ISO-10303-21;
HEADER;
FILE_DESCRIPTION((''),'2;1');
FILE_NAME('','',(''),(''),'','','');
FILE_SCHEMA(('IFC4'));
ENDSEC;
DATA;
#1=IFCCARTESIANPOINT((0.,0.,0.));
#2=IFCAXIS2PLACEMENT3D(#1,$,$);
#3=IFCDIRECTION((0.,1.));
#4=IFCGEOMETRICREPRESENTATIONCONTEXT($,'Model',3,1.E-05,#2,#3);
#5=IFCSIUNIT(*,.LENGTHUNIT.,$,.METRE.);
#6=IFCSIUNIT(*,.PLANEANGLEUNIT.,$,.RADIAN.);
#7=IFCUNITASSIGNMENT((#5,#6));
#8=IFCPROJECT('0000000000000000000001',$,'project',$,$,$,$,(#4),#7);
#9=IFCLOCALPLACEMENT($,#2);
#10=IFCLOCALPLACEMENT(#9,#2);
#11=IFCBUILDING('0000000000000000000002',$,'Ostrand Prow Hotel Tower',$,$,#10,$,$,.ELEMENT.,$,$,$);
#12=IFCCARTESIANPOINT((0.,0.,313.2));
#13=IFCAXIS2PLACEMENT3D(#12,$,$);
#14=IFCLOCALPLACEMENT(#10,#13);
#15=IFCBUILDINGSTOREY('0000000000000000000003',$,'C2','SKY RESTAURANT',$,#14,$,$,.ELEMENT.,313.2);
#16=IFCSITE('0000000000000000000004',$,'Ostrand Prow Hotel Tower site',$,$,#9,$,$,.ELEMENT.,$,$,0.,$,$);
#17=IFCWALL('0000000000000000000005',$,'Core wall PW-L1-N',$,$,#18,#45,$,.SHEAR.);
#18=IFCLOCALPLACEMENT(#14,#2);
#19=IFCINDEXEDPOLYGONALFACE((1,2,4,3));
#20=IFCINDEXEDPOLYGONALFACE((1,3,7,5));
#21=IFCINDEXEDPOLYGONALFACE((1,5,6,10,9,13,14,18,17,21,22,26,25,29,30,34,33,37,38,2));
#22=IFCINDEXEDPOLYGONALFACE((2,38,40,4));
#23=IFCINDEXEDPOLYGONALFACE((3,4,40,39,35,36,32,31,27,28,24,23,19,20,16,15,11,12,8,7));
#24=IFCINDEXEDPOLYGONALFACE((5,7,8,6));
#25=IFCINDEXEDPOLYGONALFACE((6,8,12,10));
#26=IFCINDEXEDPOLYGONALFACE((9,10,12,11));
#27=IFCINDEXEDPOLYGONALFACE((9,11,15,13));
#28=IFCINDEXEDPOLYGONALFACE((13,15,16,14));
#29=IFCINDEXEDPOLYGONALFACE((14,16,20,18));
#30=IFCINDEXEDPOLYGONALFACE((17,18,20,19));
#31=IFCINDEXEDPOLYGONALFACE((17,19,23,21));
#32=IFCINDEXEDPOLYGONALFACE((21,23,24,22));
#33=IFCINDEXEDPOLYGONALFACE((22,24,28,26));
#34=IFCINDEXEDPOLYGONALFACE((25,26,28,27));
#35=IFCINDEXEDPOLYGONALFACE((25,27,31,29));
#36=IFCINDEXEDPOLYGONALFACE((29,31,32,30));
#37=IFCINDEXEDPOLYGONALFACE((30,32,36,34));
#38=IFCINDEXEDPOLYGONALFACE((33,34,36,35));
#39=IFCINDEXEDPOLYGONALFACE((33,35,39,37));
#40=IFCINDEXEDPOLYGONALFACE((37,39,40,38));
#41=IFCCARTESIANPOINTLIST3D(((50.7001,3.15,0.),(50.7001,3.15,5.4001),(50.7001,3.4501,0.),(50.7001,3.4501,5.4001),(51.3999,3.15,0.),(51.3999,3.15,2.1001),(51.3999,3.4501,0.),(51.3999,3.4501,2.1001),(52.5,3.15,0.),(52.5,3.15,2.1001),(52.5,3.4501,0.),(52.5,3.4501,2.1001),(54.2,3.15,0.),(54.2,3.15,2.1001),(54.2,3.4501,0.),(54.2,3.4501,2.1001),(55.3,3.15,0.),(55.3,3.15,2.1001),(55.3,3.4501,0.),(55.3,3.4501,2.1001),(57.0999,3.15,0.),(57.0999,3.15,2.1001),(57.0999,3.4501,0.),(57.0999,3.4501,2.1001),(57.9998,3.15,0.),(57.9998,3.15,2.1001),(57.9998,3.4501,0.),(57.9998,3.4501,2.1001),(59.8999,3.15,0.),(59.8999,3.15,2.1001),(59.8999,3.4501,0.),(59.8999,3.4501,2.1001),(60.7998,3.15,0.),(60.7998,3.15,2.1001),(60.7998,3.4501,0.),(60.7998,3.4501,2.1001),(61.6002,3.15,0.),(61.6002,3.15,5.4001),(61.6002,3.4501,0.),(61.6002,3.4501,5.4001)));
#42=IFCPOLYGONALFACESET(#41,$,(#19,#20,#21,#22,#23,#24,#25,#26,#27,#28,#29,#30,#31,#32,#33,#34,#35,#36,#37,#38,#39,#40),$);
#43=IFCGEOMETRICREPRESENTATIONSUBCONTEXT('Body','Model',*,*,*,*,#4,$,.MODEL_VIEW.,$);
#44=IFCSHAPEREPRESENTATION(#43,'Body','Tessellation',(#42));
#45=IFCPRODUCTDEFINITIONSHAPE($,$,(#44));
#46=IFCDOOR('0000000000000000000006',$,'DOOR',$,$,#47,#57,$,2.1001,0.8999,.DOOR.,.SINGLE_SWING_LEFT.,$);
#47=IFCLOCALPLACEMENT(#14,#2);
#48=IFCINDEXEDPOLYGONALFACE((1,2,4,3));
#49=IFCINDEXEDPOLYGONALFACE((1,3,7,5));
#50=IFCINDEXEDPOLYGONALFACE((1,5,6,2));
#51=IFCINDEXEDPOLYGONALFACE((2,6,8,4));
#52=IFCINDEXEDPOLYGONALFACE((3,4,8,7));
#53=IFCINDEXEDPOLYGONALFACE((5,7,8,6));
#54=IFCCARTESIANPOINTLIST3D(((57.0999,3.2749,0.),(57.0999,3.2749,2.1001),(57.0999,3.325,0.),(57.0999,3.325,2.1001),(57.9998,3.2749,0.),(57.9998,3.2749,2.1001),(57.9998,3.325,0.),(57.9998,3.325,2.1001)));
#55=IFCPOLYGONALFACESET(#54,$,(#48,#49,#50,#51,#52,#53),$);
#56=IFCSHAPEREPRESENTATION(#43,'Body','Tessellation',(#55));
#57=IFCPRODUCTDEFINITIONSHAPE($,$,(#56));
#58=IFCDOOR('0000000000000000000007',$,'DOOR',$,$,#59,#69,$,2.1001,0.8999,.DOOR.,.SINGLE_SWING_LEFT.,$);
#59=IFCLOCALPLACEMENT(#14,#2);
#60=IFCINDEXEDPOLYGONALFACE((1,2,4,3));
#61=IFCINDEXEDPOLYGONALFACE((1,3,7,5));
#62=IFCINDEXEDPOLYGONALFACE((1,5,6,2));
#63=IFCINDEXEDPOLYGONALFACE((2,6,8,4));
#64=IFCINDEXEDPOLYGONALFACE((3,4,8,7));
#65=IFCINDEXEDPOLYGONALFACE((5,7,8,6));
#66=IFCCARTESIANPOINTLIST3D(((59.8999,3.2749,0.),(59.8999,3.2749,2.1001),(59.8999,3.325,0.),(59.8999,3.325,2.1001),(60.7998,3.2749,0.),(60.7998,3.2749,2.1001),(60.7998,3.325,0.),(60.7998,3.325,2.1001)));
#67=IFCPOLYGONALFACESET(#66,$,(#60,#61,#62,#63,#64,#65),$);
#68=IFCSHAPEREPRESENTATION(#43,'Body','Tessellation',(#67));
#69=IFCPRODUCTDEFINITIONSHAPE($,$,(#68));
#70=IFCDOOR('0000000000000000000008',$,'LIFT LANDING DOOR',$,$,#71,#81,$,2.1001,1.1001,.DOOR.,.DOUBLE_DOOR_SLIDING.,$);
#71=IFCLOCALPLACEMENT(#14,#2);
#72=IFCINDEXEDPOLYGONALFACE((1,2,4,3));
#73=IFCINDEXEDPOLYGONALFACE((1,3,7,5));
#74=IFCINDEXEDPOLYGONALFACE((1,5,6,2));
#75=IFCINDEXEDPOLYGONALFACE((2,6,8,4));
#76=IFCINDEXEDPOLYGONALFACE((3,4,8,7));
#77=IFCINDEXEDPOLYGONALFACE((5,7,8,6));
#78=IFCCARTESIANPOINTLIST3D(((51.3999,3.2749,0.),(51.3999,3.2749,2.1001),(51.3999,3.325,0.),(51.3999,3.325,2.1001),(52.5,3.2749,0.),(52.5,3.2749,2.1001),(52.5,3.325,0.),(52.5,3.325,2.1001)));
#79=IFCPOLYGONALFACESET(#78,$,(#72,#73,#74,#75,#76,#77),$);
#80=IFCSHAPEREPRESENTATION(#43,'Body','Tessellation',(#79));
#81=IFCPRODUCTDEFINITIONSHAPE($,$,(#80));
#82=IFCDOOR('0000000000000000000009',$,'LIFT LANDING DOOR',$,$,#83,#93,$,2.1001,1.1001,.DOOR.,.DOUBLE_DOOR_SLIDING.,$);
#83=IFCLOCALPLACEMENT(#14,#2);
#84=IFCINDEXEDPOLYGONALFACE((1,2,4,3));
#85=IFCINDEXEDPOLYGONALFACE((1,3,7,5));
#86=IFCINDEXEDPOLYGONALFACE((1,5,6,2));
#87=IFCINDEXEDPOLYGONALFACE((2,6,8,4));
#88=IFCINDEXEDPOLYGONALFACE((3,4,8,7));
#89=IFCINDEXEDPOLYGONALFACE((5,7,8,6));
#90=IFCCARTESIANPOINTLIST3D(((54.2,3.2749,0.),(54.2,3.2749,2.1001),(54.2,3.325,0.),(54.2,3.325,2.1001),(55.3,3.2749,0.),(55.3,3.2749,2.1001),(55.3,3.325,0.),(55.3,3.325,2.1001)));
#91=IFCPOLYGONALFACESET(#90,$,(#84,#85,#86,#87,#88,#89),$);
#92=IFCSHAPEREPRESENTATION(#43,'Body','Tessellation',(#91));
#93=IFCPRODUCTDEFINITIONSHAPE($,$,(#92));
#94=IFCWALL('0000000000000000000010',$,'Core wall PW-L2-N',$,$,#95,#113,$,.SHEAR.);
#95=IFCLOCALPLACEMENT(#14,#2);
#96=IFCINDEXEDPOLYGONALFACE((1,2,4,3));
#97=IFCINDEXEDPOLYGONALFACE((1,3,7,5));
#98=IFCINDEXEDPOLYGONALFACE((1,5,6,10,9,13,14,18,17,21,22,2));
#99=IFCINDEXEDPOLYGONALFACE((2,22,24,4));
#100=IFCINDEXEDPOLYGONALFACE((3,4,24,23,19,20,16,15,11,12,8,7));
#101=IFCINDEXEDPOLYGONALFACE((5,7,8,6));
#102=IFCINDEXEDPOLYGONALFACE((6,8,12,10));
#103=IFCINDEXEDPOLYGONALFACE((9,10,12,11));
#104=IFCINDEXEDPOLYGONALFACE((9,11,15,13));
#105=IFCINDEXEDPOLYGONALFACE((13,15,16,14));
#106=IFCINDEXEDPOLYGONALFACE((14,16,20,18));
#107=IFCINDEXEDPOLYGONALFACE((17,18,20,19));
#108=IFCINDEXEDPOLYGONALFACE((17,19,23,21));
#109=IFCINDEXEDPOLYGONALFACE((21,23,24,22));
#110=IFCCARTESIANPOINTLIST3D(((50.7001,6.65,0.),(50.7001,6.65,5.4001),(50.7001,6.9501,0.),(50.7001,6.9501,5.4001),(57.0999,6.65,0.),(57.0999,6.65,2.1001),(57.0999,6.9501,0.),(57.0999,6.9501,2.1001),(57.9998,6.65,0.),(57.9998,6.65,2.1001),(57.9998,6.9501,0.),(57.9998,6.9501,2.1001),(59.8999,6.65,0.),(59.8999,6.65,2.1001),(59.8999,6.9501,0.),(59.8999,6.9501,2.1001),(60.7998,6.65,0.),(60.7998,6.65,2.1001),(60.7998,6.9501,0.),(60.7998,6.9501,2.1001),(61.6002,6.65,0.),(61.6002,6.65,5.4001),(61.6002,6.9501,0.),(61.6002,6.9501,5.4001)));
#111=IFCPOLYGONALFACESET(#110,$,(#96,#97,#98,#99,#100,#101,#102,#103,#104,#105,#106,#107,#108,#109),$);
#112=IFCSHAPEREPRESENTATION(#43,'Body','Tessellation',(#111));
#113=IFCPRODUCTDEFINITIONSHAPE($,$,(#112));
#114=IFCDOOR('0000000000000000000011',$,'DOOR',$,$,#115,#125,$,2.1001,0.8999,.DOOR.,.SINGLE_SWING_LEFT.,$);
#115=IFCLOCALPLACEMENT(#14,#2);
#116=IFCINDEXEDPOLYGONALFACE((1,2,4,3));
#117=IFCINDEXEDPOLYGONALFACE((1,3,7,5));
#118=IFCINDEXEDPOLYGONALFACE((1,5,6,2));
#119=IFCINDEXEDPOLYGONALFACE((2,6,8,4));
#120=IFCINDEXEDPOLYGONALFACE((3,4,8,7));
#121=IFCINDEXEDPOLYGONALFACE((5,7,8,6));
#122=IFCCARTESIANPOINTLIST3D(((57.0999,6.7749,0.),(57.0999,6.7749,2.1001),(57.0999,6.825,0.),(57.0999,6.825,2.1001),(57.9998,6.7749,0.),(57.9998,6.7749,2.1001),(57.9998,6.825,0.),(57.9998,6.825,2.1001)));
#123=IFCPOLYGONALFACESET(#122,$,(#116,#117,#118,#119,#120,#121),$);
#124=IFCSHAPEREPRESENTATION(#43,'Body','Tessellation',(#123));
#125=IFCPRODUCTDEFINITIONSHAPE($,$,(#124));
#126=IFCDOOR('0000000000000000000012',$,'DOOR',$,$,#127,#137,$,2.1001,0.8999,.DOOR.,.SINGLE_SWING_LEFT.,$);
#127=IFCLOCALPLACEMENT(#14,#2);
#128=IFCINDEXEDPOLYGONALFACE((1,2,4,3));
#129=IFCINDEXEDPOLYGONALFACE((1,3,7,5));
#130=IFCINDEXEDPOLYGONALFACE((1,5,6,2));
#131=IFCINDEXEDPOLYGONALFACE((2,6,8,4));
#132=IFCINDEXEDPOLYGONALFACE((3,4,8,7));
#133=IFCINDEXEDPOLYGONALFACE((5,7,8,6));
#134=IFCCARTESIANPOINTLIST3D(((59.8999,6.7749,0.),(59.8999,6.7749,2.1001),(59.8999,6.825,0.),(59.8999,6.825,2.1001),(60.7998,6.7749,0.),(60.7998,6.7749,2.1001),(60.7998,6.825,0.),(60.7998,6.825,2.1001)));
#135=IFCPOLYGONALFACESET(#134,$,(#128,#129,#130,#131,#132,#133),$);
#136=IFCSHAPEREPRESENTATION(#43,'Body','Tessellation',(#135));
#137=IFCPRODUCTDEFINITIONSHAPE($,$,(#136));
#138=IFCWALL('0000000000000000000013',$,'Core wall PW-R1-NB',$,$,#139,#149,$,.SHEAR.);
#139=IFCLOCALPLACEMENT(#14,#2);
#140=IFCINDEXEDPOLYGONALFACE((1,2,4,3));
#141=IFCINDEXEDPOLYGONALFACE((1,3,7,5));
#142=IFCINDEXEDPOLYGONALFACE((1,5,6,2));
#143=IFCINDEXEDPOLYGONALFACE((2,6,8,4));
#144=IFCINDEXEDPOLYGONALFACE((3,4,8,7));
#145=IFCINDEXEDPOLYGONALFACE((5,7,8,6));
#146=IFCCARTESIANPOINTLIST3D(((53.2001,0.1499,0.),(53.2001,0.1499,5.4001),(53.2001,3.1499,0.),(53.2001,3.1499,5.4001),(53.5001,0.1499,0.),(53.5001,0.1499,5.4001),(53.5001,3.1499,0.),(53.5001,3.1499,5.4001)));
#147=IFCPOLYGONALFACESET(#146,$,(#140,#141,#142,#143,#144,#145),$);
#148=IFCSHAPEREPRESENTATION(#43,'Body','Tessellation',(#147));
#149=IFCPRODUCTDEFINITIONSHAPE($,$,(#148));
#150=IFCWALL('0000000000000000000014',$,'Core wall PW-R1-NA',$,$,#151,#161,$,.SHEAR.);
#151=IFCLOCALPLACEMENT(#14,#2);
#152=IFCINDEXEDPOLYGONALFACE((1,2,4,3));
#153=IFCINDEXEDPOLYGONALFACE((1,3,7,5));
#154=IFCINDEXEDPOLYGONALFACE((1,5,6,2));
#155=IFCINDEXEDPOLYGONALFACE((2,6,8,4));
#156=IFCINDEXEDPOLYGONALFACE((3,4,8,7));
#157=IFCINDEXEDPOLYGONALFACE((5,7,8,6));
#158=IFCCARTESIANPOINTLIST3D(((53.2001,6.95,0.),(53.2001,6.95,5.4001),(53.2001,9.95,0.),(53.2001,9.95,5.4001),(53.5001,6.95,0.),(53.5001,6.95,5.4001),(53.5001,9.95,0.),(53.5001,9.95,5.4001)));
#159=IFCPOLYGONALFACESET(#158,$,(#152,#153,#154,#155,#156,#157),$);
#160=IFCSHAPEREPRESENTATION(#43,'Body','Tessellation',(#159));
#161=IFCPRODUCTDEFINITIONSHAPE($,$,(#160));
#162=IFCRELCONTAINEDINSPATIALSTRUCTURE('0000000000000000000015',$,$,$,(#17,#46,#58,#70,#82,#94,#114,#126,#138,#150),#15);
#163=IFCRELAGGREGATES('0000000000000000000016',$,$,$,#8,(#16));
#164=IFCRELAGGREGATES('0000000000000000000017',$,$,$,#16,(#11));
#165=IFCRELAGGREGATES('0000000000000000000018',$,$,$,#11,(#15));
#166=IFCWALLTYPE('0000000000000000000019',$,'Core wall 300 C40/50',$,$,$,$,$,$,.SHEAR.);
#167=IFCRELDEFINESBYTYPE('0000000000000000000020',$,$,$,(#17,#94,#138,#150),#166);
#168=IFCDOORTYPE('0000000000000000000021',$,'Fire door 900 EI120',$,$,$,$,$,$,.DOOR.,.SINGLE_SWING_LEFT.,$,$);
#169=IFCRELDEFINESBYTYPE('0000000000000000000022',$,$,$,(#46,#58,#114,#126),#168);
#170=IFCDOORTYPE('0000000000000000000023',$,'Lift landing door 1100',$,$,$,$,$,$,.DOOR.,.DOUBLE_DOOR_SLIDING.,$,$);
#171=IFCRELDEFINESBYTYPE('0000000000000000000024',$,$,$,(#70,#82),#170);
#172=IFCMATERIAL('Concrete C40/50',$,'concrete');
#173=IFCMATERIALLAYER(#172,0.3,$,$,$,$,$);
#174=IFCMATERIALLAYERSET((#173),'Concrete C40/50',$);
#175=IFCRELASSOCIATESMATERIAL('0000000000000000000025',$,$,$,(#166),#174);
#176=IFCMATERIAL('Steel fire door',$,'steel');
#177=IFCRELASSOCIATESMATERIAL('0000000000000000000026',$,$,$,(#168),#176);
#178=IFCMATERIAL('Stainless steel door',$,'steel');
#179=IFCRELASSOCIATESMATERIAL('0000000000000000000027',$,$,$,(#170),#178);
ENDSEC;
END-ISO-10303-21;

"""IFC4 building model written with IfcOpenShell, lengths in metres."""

from ifc_helpers import new_model, si_unit, direction, frame, frame_2d, origin, place, context, subcontext, project, spatial, rectangle, extrude, material, layer, layer_set, type_object, element, fill, save


model = new_model("IFC4")

# Units and contexts
model_context = context("Model", 3, precision=1e-05, world=origin(), true_north=direction((0.0, 1.0)))
body_context = subcontext(model_context, "Body", "Model", "MODEL_VIEW")
ifc_project = project(units=[si_unit("LENGTHUNIT", "METRE"), si_unit("PLANEANGLEUNIT", "RADIAN")], contexts=[model_context])

# Site, building, storey
site_placement = place(None, origin())
site = spatial("IfcSite", under=ifc_project, at=site_placement, Name="Ostrand Prow Hotel Tower site", CompositionType="ELEMENT", RefElevation=0.0)
building_placement = place(site_placement, origin())
building = spatial("IfcBuilding", under=site, at=building_placement, Name="Ostrand Prow Hotel Tower", CompositionType="ELEMENT")
storey_placement = place(building_placement, frame((0.0, 0.0, 313.2)))
storey = spatial("IfcBuildingStorey", under=building, at=storey_placement, Name="C2", Description="SKY RESTAURANT", CompositionType="ELEMENT", Elevation=313.2)

# Walls, openings, doors
ifc_material_1 = material(Name="Concrete C40/50", Category="concrete")
ifc_layer_1 = layer(ifc_material_1, 0.3)
ifc_layer_set_1 = layer_set([ifc_layer_1], Name="Concrete C40/50")
wall_type_1 = type_object("IfcWallType", Name="Core wall 300 C40/50", PredefinedType="SHEAR", material=ifc_layer_set_1)
wall_1_placement = place(storey_placement, frame((50.7, 3.3, 0.0), z_axis=(0.0, 0.0, 1.0), x_axis=(1.0, 0.0, 0.0)))
wall_1 = element("IfcWall", 1, at=wall_1_placement, inside=storey, type_object=wall_type_1, Name="Core wall PW-L1-N", PredefinedType="SHEAR", context=body_context, shape_type="SweptSolid", body=[
    extrude(rectangle(XDim=10.9001, YDim=0.3, at=frame_2d((5.4502, 0.0))), origin(), (0.0, 0.0, 1.0), 5.4001),
])
opening_1_placement = place(wall_1_placement, frame((0.7, 0.0, 0.0)))
opening_1 = element("IfcOpeningElement", 2, at=opening_1_placement, cuts=wall_1, PredefinedType="OPENING", context=body_context, shape_type="SweptSolid", body=[
    extrude(rectangle(XDim=1.1001, YDim=2.1001, at=frame_2d((0.55, 1.05))), frame((0.0, 0.1599, 0.0), z_axis=(0.0, -1.0, 0.0), x_axis=(1.0, 0.0, 0.0)), (0.0, 0.0, 1.0), 0.3201),
])
opening_2_placement = place(wall_1_placement, frame((3.5, 0.0, 0.0)))
opening_2 = element("IfcOpeningElement", 3, at=opening_2_placement, cuts=wall_1, PredefinedType="OPENING", context=body_context, shape_type="SweptSolid", body=[
    extrude(rectangle(XDim=1.1001, YDim=2.1001, at=frame_2d((0.55, 1.05))), frame((0.0, 0.1599, 0.0), z_axis=(0.0, -1.0, 0.0), x_axis=(1.0, 0.0, 0.0)), (0.0, 0.0, 1.0), 0.3201),
])
opening_3_placement = place(wall_1_placement, frame((6.3999, 0.0, 0.0)))
opening_3 = element("IfcOpeningElement", 4, at=opening_3_placement, cuts=wall_1, PredefinedType="OPENING", context=body_context, shape_type="SweptSolid", body=[
    extrude(rectangle(XDim=0.8999, YDim=2.1001, at=frame_2d((0.45, 1.05))), frame((0.0, 0.1599, 0.0), z_axis=(0.0, -1.0, 0.0), x_axis=(1.0, 0.0, 0.0)), (0.0, 0.0, 1.0), 0.3201),
])
opening_4_placement = place(wall_1_placement, frame((9.2, 0.0, 0.0)))
opening_4 = element("IfcOpeningElement", 5, at=opening_4_placement, cuts=wall_1, PredefinedType="OPENING", context=body_context, shape_type="SweptSolid", body=[
    extrude(rectangle(XDim=0.8999, YDim=2.1001, at=frame_2d((0.45, 1.05))), frame((0.0, 0.1599, 0.0), z_axis=(0.0, -1.0, 0.0), x_axis=(1.0, 0.0, 0.0)), (0.0, 0.0, 1.0), 0.3201),
])
ifc_material_2 = material(Name="Steel fire door", Category="steel")
door_type_1 = type_object("IfcDoorType", Name="Fire door 900 EI120", OperationType="SINGLE_SWING_LEFT", PredefinedType="DOOR", material=ifc_material_2)
door_1_placement = place(opening_3_placement, origin())
door_1 = element("IfcDoor", 6, at=door_1_placement, inside=storey, type_object=door_type_1, Name="DOOR", OperationType="SINGLE_SWING_LEFT", OverallHeight=2.1001, OverallWidth=0.8999, PredefinedType="DOOR", context=body_context, shape_type="SweptSolid", body=[
    extrude(rectangle(XDim=0.8999, YDim=2.1001, at=frame_2d((0.45, 1.05))), frame((0.0, 0.0249, 0.0), z_axis=(0.0, -1.0, 0.0), x_axis=(1.0, 0.0, 0.0)), (0.0, 0.0, 1.0), 0.05),
])
fill(opening_3, door_1)
door_2_placement = place(opening_4_placement, origin())
door_2 = element("IfcDoor", 7, at=door_2_placement, inside=storey, type_object=door_type_1, Name="DOOR", OperationType="SINGLE_SWING_LEFT", OverallHeight=2.1001, OverallWidth=0.8999, PredefinedType="DOOR", context=body_context, shape_type="SweptSolid", body=[
    extrude(rectangle(XDim=0.8999, YDim=2.1001, at=frame_2d((0.45, 1.05))), frame((0.0, 0.0249, 0.0), z_axis=(0.0, -1.0, 0.0), x_axis=(1.0, 0.0, 0.0)), (0.0, 0.0, 1.0), 0.05),
])
fill(opening_4, door_2)
ifc_material_3 = material(Name="Stainless steel door", Category="steel")
door_type_2 = type_object("IfcDoorType", Name="Lift landing door 1100", OperationType="DOUBLE_DOOR_SLIDING", PredefinedType="DOOR", material=ifc_material_3)
door_3_placement = place(opening_1_placement, origin())
door_3 = element("IfcDoor", 8, at=door_3_placement, inside=storey, type_object=door_type_2, Name="LIFT LANDING DOOR", OperationType="DOUBLE_DOOR_SLIDING", OverallHeight=2.1001, OverallWidth=1.1001, PredefinedType="DOOR", context=body_context, shape_type="SweptSolid", body=[
    extrude(rectangle(XDim=1.1001, YDim=2.1001, at=frame_2d((0.55, 1.05))), frame((0.0, 0.0249, 0.0), z_axis=(0.0, -1.0, 0.0), x_axis=(1.0, 0.0, 0.0)), (0.0, 0.0, 1.0), 0.05),
])
fill(opening_1, door_3)
door_4_placement = place(opening_2_placement, origin())
door_4 = element("IfcDoor", 9, at=door_4_placement, inside=storey, type_object=door_type_2, Name="LIFT LANDING DOOR", OperationType="DOUBLE_DOOR_SLIDING", OverallHeight=2.1001, OverallWidth=1.1001, PredefinedType="DOOR", context=body_context, shape_type="SweptSolid", body=[
    extrude(rectangle(XDim=1.1001, YDim=2.1001, at=frame_2d((0.55, 1.05))), frame((0.0, 0.0249, 0.0), z_axis=(0.0, -1.0, 0.0), x_axis=(1.0, 0.0, 0.0)), (0.0, 0.0, 1.0), 0.05),
])
fill(opening_2, door_4)
wall_2_placement = place(storey_placement, frame((50.7, 6.8, 0.0), z_axis=(0.0, 0.0, 1.0), x_axis=(1.0, 0.0, 0.0)))
wall_2 = element("IfcWall", 10, at=wall_2_placement, inside=storey, type_object=wall_type_1, Name="Core wall PW-L2-N", PredefinedType="SHEAR", context=body_context, shape_type="SweptSolid", body=[
    extrude(rectangle(XDim=10.9001, YDim=0.3, at=frame_2d((5.4502, 0.0))), origin(), (0.0, 0.0, 1.0), 5.4001),
])
opening_5_placement = place(wall_2_placement, frame((6.3999, 0.0, 0.0)))
opening_5 = element("IfcOpeningElement", 11, at=opening_5_placement, cuts=wall_2, PredefinedType="OPENING", context=body_context, shape_type="SweptSolid", body=[
    extrude(rectangle(XDim=0.8999, YDim=2.1001, at=frame_2d((0.45, 1.05))), frame((0.0, 0.1599, 0.0), z_axis=(0.0, -1.0, 0.0), x_axis=(1.0, 0.0, 0.0)), (0.0, 0.0, 1.0), 0.3201),
])
opening_6_placement = place(wall_2_placement, frame((9.2, 0.0, 0.0)))
opening_6 = element("IfcOpeningElement", 12, at=opening_6_placement, cuts=wall_2, PredefinedType="OPENING", context=body_context, shape_type="SweptSolid", body=[
    extrude(rectangle(XDim=0.8999, YDim=2.1001, at=frame_2d((0.45, 1.05))), frame((0.0, 0.1599, 0.0), z_axis=(0.0, -1.0, 0.0), x_axis=(1.0, 0.0, 0.0)), (0.0, 0.0, 1.0), 0.3201),
])
door_5_placement = place(opening_5_placement, origin())
door_5 = element("IfcDoor", 13, at=door_5_placement, inside=storey, type_object=door_type_1, Name="DOOR", OperationType="SINGLE_SWING_LEFT", OverallHeight=2.1001, OverallWidth=0.8999, PredefinedType="DOOR", context=body_context, shape_type="SweptSolid", body=[
    extrude(rectangle(XDim=0.8999, YDim=2.1001, at=frame_2d((0.45, 1.05))), frame((0.0, 0.0249, 0.0), z_axis=(0.0, -1.0, 0.0), x_axis=(1.0, 0.0, 0.0)), (0.0, 0.0, 1.0), 0.05),
])
fill(opening_5, door_5)
door_6_placement = place(opening_6_placement, origin())
door_6 = element("IfcDoor", 14, at=door_6_placement, inside=storey, type_object=door_type_1, Name="DOOR", OperationType="SINGLE_SWING_LEFT", OverallHeight=2.1001, OverallWidth=0.8999, PredefinedType="DOOR", context=body_context, shape_type="SweptSolid", body=[
    extrude(rectangle(XDim=0.8999, YDim=2.1001, at=frame_2d((0.45, 1.05))), frame((0.0, 0.0249, 0.0), z_axis=(0.0, -1.0, 0.0), x_axis=(1.0, 0.0, 0.0)), (0.0, 0.0, 1.0), 0.05),
])
fill(opening_6, door_6)

# Walls
for number, where, z_axis, x_axis, name in (
    (15, (53.3501, 0.1499, 0.0), (0.0, 0.0, 1.0), (0.0, 1.0, 0.0), "Core wall PW-R1-NB"),
    (16, (53.3501, 6.95, 0.0), (0.0, 0.0, 1.0), (0.0, 1.0, 0.0), "Core wall PW-R1-NA"),
):
    element("IfcWall", number, at=place(storey_placement, frame(where, z_axis=z_axis, x_axis=x_axis)), inside=storey, type_object=wall_type_1, Name=name, PredefinedType="SHEAR", context=body_context, shape_type="SweptSolid", body=[
        extrude(rectangle(XDim=3.0, YDim=0.3, at=frame_2d((1.5, 0.0))), origin(), (0.0, 0.0, 1.0), 5.4001),
    ])

save(model, "model.ifc")
